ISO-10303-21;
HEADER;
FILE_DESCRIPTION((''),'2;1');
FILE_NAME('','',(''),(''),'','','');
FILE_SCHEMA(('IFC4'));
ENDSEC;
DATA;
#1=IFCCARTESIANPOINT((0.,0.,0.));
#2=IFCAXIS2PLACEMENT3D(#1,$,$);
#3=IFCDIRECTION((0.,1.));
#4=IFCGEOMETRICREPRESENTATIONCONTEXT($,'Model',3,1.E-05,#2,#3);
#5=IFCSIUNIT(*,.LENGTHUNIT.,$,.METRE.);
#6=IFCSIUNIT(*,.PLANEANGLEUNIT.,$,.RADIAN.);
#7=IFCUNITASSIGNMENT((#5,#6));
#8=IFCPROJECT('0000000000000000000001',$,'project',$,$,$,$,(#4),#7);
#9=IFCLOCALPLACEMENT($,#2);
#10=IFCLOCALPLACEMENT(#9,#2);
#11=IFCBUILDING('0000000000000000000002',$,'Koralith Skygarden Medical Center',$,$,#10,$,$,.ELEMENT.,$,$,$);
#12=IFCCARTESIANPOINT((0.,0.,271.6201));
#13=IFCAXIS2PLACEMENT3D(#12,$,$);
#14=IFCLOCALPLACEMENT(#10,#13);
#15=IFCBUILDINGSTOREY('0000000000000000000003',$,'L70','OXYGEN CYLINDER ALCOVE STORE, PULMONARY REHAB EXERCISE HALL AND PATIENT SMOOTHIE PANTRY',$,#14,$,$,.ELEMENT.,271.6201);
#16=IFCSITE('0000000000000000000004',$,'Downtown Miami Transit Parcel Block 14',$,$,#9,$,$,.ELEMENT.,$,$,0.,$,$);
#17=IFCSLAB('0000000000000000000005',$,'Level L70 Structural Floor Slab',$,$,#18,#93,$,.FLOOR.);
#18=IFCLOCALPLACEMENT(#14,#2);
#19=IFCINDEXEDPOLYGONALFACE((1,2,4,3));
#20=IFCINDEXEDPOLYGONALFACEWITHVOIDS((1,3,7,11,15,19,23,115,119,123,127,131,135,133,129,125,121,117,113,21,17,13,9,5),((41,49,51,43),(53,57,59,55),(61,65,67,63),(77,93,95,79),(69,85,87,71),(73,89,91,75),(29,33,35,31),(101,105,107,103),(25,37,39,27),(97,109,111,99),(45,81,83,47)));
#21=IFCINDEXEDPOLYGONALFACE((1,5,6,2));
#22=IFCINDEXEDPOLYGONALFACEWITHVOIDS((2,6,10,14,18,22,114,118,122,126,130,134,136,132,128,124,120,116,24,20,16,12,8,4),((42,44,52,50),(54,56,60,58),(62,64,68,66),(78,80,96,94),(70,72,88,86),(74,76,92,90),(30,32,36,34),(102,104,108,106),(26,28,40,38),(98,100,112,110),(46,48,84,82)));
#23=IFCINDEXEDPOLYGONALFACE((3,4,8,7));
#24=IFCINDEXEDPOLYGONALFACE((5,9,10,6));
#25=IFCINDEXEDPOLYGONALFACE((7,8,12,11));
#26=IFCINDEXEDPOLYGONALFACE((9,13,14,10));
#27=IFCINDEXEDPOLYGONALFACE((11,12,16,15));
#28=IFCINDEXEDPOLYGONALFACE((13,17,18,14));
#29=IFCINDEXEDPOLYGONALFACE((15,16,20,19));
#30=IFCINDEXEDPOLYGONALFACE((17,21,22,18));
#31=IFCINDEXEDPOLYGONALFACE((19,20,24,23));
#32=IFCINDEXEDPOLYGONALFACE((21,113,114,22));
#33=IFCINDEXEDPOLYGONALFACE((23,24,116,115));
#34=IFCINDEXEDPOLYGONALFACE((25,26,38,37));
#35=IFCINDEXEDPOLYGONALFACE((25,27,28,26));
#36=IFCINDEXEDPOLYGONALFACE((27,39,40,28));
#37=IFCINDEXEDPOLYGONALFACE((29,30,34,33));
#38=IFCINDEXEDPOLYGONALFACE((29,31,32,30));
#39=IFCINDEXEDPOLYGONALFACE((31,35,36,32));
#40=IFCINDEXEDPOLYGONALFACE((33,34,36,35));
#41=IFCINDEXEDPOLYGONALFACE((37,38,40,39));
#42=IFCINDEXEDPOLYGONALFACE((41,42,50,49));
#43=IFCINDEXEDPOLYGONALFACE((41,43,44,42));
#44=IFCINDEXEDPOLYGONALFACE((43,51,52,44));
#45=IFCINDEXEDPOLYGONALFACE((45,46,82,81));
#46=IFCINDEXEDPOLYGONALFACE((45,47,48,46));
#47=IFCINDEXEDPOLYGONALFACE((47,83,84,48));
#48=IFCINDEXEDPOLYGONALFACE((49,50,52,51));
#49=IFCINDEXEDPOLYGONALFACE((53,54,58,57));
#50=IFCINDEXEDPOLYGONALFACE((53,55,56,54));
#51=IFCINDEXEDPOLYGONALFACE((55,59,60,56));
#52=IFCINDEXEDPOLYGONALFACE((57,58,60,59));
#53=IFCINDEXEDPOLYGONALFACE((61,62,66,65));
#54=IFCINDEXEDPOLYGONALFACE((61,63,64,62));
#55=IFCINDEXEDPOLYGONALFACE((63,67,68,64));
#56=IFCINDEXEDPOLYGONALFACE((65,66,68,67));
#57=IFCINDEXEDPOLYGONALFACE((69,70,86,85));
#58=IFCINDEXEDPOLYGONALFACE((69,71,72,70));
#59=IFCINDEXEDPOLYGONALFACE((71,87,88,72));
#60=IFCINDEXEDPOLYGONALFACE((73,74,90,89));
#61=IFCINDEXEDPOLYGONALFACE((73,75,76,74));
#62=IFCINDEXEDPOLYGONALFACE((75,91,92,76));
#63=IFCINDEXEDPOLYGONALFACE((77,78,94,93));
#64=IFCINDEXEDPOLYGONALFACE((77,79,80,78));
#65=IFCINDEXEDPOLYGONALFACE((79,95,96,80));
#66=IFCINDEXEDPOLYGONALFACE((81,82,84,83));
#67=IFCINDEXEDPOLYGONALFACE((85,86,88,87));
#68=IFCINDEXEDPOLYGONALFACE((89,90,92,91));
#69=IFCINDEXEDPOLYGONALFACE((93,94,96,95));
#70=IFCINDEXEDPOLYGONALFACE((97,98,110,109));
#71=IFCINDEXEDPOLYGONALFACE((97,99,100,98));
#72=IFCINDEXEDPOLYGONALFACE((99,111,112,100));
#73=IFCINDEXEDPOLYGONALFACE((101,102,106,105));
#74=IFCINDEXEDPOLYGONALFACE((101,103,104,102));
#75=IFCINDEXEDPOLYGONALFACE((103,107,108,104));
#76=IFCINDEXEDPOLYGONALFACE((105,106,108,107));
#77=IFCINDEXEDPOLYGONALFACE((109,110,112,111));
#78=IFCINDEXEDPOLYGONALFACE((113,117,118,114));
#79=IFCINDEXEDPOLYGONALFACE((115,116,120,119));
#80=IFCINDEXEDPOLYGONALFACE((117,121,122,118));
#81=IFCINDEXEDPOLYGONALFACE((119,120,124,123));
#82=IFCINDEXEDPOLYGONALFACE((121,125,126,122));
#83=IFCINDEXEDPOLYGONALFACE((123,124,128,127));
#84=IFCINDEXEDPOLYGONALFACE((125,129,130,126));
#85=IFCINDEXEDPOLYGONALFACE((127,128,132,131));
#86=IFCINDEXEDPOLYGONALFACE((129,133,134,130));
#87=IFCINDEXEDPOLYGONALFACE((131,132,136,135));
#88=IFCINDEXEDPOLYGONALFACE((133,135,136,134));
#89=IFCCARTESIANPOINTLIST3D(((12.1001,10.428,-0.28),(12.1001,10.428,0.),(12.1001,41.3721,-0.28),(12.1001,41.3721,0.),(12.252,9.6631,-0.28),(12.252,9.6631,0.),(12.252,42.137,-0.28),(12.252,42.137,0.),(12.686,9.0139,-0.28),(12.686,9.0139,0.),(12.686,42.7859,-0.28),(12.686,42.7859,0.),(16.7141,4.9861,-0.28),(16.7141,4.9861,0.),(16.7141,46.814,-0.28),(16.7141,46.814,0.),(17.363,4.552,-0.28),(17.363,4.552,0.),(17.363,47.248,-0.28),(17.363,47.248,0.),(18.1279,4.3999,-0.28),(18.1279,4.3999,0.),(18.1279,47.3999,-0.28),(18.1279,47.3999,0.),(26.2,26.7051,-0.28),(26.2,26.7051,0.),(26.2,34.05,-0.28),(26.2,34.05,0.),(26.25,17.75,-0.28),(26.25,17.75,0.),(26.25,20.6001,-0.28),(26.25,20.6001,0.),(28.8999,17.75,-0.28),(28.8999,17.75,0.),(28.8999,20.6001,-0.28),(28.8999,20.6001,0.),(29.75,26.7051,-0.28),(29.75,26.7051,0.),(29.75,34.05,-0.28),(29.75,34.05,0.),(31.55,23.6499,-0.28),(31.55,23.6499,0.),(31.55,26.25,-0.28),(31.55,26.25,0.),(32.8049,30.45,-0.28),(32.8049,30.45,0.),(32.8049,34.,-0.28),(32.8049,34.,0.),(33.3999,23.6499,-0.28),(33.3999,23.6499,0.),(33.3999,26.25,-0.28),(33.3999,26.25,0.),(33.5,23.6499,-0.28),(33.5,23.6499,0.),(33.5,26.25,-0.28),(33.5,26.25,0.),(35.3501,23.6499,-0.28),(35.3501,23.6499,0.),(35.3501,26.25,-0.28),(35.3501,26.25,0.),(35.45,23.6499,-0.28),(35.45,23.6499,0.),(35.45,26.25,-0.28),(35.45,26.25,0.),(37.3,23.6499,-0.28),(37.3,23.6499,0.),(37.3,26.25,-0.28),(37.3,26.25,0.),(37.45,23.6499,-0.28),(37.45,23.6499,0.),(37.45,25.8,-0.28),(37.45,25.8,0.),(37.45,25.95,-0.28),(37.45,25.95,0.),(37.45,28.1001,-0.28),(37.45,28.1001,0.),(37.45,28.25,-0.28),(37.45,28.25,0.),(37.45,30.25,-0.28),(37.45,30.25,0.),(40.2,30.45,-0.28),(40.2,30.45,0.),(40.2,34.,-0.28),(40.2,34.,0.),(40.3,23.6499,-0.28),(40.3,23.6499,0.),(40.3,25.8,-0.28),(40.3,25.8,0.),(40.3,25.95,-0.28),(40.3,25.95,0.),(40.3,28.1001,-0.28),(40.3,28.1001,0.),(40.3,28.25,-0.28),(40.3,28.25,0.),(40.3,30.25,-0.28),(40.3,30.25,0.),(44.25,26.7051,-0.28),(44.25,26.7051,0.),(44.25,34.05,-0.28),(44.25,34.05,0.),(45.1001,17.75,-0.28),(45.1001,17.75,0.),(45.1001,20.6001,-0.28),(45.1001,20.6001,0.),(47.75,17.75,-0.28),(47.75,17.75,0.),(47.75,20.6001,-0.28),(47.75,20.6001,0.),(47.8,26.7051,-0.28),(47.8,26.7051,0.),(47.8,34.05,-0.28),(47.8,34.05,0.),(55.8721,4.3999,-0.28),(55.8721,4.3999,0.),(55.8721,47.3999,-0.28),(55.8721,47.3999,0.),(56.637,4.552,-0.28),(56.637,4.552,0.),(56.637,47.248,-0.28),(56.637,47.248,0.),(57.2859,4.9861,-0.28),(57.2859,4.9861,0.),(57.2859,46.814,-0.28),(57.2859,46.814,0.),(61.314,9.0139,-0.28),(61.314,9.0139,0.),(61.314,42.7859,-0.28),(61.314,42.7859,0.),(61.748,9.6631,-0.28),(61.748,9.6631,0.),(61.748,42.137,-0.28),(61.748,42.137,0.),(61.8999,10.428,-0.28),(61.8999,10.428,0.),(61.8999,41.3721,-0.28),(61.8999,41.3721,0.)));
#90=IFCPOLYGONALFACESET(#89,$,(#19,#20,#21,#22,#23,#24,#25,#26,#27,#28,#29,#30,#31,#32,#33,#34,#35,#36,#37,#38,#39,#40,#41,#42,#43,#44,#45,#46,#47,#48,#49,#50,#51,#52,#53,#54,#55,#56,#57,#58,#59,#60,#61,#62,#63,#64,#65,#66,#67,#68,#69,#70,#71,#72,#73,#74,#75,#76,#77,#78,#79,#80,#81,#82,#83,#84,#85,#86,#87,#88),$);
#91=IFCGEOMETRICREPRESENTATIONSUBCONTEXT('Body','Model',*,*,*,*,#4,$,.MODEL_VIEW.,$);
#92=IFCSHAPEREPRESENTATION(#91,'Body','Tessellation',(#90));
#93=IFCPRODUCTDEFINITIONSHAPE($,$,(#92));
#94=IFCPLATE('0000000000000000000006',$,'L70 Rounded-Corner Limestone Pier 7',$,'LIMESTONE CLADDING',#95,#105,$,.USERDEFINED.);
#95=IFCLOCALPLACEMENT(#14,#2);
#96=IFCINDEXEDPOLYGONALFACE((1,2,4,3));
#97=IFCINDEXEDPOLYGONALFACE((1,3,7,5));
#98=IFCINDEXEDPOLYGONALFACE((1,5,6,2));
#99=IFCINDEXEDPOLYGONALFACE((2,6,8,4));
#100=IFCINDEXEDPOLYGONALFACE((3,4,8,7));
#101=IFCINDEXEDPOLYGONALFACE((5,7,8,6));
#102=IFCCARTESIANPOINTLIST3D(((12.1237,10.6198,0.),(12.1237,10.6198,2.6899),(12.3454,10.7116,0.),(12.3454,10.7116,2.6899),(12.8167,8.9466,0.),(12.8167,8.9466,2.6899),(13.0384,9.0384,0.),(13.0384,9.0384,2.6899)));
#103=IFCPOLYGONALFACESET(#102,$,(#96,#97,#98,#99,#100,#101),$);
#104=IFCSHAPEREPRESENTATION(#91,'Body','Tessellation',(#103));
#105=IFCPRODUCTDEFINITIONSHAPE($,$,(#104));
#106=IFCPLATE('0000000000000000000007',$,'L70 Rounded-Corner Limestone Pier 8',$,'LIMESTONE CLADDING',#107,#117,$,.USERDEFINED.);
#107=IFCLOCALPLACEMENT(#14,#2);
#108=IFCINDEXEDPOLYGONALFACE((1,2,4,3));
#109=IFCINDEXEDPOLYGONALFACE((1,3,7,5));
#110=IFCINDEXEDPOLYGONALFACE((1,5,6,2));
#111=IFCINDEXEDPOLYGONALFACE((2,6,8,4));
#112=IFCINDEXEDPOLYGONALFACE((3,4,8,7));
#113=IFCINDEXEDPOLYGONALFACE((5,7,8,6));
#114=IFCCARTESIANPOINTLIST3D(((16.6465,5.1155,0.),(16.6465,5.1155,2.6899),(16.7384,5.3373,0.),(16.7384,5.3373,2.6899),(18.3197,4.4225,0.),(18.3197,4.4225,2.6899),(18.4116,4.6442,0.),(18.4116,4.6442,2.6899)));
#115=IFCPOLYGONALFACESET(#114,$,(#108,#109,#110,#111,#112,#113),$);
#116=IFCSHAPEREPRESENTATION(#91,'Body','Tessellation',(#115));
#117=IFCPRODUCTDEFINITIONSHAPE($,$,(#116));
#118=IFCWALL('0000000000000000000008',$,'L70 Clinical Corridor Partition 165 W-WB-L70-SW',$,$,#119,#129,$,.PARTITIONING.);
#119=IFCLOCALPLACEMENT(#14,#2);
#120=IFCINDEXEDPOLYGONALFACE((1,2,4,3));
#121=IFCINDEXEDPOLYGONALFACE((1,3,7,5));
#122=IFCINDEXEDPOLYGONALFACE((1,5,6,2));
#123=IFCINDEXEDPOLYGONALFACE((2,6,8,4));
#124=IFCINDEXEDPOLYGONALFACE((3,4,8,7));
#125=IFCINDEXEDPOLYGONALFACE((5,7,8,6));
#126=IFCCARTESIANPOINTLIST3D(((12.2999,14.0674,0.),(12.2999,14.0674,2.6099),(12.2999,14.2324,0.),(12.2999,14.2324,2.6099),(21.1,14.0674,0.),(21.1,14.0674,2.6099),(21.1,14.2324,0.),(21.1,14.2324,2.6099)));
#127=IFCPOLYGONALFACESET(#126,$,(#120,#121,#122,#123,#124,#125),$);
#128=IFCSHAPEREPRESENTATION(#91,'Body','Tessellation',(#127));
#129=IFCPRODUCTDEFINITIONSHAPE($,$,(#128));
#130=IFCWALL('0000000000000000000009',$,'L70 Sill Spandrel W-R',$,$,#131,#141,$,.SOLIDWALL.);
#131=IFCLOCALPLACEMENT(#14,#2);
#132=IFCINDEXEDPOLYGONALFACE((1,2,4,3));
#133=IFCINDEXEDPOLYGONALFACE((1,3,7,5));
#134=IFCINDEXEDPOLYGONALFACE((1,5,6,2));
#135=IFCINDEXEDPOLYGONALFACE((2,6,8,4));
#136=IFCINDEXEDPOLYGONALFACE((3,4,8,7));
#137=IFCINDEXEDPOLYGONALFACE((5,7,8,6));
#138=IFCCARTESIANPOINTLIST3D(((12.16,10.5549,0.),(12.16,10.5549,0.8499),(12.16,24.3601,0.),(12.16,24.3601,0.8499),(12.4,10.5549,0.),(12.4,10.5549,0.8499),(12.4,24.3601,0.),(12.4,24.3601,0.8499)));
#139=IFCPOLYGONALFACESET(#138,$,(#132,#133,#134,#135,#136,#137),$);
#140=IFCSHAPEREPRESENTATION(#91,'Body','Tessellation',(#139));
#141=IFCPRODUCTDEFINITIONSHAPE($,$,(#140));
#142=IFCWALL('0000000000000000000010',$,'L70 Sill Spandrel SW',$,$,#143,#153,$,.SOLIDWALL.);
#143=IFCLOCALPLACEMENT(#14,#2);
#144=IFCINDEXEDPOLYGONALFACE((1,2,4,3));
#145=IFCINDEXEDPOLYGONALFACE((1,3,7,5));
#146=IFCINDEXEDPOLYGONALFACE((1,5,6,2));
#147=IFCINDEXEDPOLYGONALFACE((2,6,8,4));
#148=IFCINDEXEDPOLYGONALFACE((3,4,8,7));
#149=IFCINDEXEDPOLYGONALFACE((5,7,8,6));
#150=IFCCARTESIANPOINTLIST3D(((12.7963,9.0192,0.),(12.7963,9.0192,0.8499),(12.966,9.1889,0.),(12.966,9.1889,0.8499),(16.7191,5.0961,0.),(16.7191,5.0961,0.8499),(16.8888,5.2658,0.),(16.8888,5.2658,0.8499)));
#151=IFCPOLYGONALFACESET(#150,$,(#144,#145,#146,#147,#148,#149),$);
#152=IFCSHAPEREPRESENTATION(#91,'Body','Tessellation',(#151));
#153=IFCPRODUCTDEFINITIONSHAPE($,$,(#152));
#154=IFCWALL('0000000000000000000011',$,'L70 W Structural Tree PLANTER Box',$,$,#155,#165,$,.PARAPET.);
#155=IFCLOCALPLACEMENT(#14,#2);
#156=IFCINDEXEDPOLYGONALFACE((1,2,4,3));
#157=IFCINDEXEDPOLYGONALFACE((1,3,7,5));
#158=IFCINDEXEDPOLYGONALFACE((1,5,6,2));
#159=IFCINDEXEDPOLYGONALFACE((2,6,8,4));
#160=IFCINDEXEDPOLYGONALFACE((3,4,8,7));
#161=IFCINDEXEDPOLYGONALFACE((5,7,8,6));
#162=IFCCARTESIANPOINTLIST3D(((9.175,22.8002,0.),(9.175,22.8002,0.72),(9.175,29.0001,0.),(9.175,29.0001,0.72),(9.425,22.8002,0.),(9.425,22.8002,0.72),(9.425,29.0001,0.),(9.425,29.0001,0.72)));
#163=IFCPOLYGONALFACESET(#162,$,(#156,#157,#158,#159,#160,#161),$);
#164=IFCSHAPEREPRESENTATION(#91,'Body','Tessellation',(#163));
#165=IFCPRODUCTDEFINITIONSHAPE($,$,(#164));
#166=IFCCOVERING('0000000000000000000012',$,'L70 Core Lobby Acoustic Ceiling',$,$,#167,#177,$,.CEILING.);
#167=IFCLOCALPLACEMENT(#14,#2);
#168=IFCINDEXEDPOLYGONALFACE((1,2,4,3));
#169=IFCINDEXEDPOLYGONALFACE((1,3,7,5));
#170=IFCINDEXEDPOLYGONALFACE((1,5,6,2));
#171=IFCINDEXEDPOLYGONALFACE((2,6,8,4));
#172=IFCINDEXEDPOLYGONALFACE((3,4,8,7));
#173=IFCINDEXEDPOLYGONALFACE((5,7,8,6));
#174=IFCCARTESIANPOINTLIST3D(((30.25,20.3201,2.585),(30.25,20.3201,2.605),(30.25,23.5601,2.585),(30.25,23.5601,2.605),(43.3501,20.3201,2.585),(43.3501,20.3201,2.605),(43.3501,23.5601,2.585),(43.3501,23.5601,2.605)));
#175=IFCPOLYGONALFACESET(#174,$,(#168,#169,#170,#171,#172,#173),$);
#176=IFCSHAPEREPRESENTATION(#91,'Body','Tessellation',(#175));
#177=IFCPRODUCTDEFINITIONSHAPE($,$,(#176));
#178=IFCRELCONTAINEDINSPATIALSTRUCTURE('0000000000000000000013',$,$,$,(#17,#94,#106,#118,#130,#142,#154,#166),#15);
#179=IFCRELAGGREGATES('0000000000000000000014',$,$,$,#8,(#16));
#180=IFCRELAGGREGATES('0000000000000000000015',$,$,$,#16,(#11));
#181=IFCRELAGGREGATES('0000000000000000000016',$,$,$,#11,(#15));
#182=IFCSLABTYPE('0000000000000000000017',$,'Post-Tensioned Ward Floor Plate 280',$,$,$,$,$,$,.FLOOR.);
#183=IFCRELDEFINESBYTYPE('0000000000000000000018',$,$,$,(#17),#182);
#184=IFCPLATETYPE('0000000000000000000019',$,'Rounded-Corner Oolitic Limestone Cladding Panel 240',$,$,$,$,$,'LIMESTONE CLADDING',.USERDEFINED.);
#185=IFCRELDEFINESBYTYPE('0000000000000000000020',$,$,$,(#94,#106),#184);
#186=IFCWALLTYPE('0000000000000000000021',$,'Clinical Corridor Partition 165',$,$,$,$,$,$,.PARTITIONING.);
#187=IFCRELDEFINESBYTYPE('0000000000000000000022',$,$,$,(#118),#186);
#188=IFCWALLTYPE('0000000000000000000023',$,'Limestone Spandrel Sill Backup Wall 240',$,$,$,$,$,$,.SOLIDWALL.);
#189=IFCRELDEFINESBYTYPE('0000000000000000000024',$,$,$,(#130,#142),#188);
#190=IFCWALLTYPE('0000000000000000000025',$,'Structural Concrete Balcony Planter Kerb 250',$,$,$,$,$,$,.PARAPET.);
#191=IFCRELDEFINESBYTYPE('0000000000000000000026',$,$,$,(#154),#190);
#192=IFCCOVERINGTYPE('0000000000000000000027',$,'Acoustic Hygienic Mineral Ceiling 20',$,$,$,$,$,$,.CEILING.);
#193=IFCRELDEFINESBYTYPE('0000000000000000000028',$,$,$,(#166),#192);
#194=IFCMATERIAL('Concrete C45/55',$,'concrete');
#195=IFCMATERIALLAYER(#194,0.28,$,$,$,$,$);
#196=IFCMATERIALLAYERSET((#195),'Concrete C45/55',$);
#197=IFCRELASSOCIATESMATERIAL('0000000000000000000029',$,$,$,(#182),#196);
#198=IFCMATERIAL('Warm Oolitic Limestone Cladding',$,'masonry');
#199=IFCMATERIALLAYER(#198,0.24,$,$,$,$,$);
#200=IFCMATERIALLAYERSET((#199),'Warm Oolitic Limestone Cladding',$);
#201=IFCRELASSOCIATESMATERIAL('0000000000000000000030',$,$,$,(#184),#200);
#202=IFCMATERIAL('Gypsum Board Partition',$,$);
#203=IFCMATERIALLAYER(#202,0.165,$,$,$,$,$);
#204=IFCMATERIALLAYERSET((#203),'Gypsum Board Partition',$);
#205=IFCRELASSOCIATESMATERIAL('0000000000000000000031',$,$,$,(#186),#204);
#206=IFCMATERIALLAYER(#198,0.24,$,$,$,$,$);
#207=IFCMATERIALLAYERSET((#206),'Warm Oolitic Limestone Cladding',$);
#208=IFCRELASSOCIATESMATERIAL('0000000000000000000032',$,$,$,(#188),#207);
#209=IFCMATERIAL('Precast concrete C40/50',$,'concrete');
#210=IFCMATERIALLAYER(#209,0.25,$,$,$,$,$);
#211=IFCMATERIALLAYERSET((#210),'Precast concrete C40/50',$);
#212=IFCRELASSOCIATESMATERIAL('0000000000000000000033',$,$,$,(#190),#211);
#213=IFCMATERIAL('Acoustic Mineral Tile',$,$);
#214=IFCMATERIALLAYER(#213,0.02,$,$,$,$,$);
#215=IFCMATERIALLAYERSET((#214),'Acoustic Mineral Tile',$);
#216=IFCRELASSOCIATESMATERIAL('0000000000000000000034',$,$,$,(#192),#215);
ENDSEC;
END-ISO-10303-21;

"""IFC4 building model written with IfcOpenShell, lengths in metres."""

from ifc_helpers import new_model, si_unit, direction, frame, frame_2d, origin, origin_2d, place, context, subcontext, project, spatial, polyline, rectangle, outline, extrude, material, layer, layer_set, type_object, element, save


model = new_model("IFC4")

# Units and contexts
model_context = context("Model", 3, precision=1e-05, world=origin(), true_north=direction((0.0, 1.0)))
body_context = subcontext(model_context, "Body", "Model", "MODEL_VIEW")
ifc_project = project(units=[si_unit("LENGTHUNIT", "METRE"), si_unit("PLANEANGLEUNIT", "RADIAN")], contexts=[model_context])

# Site, building, storey
site_placement = place(None, origin())
site = spatial("IfcSite", under=ifc_project, at=site_placement, Name="Downtown Miami Transit Parcel Block 14", CompositionType="ELEMENT", RefElevation=0.0)
building_placement = place(site_placement, origin())
building = spatial("IfcBuilding", under=site, at=building_placement, Name="Koralith Skygarden Medical Center", CompositionType="ELEMENT")
storey_placement = place(building_placement, frame((0.0, 0.0, 271.6201)))
storey = spatial("IfcBuildingStorey", under=building, at=storey_placement, Name="L70", Description="OXYGEN CYLINDER ALCOVE STORE, PULMONARY REHAB EXERCISE HALL AND PATIENT SMOOTHIE PANTRY", CompositionType="ELEMENT", Elevation=271.6201)

# Shared definitions
ifc_material_1 = material(Name="Concrete C45/55", Category="concrete")

# Slab
ifc_layer_1 = layer(ifc_material_1, 0.28)
ifc_layer_set_1 = layer_set([ifc_layer_1], Name="Concrete C45/55")
slab_type_1 = type_object("IfcSlabType", Name="Post-Tensioned Ward Floor Plate 280", PredefinedType="FLOOR", material=ifc_layer_set_1)
slab_1_placement = place(storey_placement, frame((0.0, 0.0, -0.28)))
element("IfcSlab", 1, at=slab_1_placement, inside=storey, type_object=slab_type_1, Name="Level L70 Structural Floor Slab", PredefinedType="FLOOR", context=body_context, shape_type="SweptSolid", body=[
    extrude(outline(polyline([(16.7141, 4.9861), (17.363, 4.552), (18.1279, 4.3999), (55.8721, 4.3999), (56.637, 4.552), (57.2859, 4.9861), (61.314, 9.0139), (61.748, 9.6631), (61.8999, 10.428), (61.8999, 41.3721), (61.748, 42.137), (61.314, 42.7859), (57.2859, 46.814), (56.637, 47.248), (55.8721, 47.3999), (18.1279, 47.3999), (17.363, 47.248), (16.7141, 46.814), (12.686, 42.7859), (12.252, 42.137), (12.1001, 41.3721), (12.1001, 10.428), (12.252, 9.6631), (12.686, 9.0139), (16.7141, 4.9861)]), holes=[polyline([(26.2, 26.7051), (29.75, 26.7051), (29.75, 34.05), (26.2, 34.05), (26.2, 26.7051)]), polyline([(44.25, 26.7051), (47.8, 26.7051), (47.8, 34.05), (44.25, 34.05), (44.25, 26.7051)]), polyline([(32.8049, 30.45), (40.2, 30.45), (40.2, 34.0), (32.8049, 34.0), (32.8049, 30.45)]), polyline([(26.25, 17.75), (28.8999, 17.75), (28.8999, 20.6001), (26.25, 20.6001), (26.25, 17.75)]), polyline([(45.1001, 17.75), (47.75, 17.75), (47.75, 20.6001), (45.1001, 20.6001), (45.1001, 17.75)]), polyline([(31.55, 23.6499), (33.3999, 23.6499), (33.3999, 26.25), (31.55, 26.25), (31.55, 23.6499)]), polyline([(33.5, 23.6499), (35.3501, 23.6499), (35.3501, 26.25), (33.5, 26.25), (33.5, 23.6499)]), polyline([(35.45, 23.6499), (37.3, 23.6499), (37.3, 26.25), (35.45, 26.25), (35.45, 23.6499)]), polyline([(37.45, 23.6499), (40.3, 23.6499), (40.3, 25.8), (37.45, 25.8), (37.45, 23.6499)]), polyline([(37.45, 25.95), (40.3, 25.95), (40.3, 28.1001), (37.45, 28.1001), (37.45, 25.95)]), polyline([(37.45, 28.25), (40.3, 28.25), (40.3, 30.25), (37.45, 30.25), (37.45, 28.25)])]), origin(), (0.0, 0.0, 1.0), 0.28),
])

# Plates
ifc_material_2 = material(Name="Warm Oolitic Limestone Cladding", Category="masonry")
ifc_layer_2 = layer(ifc_material_2, 0.24)
ifc_layer_set_2 = layer_set([ifc_layer_2], Name="Warm Oolitic Limestone Cladding")
plate_type_1 = type_object("IfcPlateType", Name="Rounded-Corner Oolitic Limestone Cladding Panel 240", ElementType="LIMESTONE CLADDING", PredefinedType="USERDEFINED", material=ifc_layer_set_2)
for number, where, z_axis, x_axis, name in (
    (2, (12.5811, 9.8291, 0.0), (0.0, 0.0, 1.0), (0.382671, -0.923885, 0.0), "L70 Rounded-Corner Limestone Pier 7"),
    (3, (17.5291, 4.8799, 0.0), (0.0, 0.0, 1.0), (0.923885, -0.382671, 0.0), "L70 Rounded-Corner Limestone Pier 8"),
):
    element("IfcPlate", number, at=place(storey_placement, frame(where, z_axis=z_axis, x_axis=x_axis)), inside=storey, type_object=plate_type_1, Name=name, ObjectType="LIMESTONE CLADDING", PredefinedType="USERDEFINED", context=body_context, shape_type="SweptSolid", body=[
        extrude(rectangle(XDim=1.811, YDim=0.24, at=origin_2d()), origin(), (0.0, 0.0, 1.0), 2.6899),
    ])

# Walls
ifc_material_3 = material(Name="Gypsum Board Partition")
ifc_layer_3 = layer(ifc_material_3, 0.165)
ifc_layer_set_3 = layer_set([ifc_layer_3], Name="Gypsum Board Partition")
wall_type_1 = type_object("IfcWallType", Name="Clinical Corridor Partition 165", PredefinedType="PARTITIONING", material=ifc_layer_set_3)
wall_1_placement = place(storey_placement, frame((12.3, 14.1499, 0.0), z_axis=(0.0, 0.0, 1.0), x_axis=(1.0, 0.0, 0.0)))
element("IfcWall", 4, at=wall_1_placement, inside=storey, type_object=wall_type_1, Name="L70 Clinical Corridor Partition 165 W-WB-L70-SW", PredefinedType="PARTITIONING", context=body_context, shape_type="SweptSolid", body=[
    extrude(rectangle(XDim=8.8, YDim=0.165, at=frame_2d((4.3999, 0.0))), origin(), (0.0, 0.0, 1.0), 2.6099),
])
ifc_layer_4 = layer(ifc_material_2, 0.24)
ifc_layer_set_4 = layer_set([ifc_layer_4], Name="Warm Oolitic Limestone Cladding")
wall_type_2 = type_object("IfcWallType", Name="Limestone Spandrel Sill Backup Wall 240", PredefinedType="SOLIDWALL", material=ifc_layer_set_4)
wall_2_placement = place(storey_placement, frame((12.28, 24.3601, 0.0), z_axis=(0.0, 0.0, 1.0), x_axis=(0.0, -1.0, 0.0)))
element("IfcWall", 5, at=wall_2_placement, inside=storey, type_object=wall_type_2, Name="L70 Sill Spandrel W-R", PredefinedType="SOLIDWALL", context=body_context, shape_type="SweptSolid", body=[
    extrude(rectangle(XDim=13.8052, YDim=0.24, at=frame_2d((6.9026, 0.0))), origin(), (0.0, 0.0, 1.0), 0.8499),
])
wall_3_placement = place(storey_placement, frame((12.8811, 9.104, 0.0), z_axis=(0.0, 0.0, 1.0), x_axis=(0.707085, -0.707129, 0.0)))
element("IfcWall", 6, at=wall_3_placement, inside=storey, type_object=wall_type_2, Name="L70 Sill Spandrel SW", PredefinedType="SOLIDWALL", context=body_context, shape_type="SweptSolid", body=[
    extrude(rectangle(XDim=5.5479, YDim=0.24, at=frame_2d((2.7739, 0.0))), origin(), (0.0, 0.0, 1.0), 0.8499),
])
ifc_material_4 = material(Name="Precast concrete C40/50", Category="concrete")
ifc_layer_5 = layer(ifc_material_4, 0.25)
ifc_layer_set_5 = layer_set([ifc_layer_5], Name="Precast concrete C40/50")
wall_type_3 = type_object("IfcWallType", Name="Structural Concrete Balcony Planter Kerb 250", PredefinedType="PARAPET", material=ifc_layer_set_5)
wall_4_placement = place(storey_placement, frame((9.3, 22.8, 0.0), z_axis=(0.0, 0.0, 1.0), x_axis=(0.0, 1.0, 0.0)))
element("IfcWall", 7, at=wall_4_placement, inside=storey, type_object=wall_type_3, Name="L70 W Structural Tree PLANTER Box", PredefinedType="PARAPET", context=body_context, shape_type="SweptSolid", body=[
    extrude(rectangle(XDim=6.2, YDim=0.25, at=frame_2d((3.1001, 0.0))), origin(), (0.0, 0.0, 1.0), 0.72),
])

# Covering
ifc_material_5 = material(Name="Acoustic Mineral Tile")
ifc_layer_6 = layer(ifc_material_5, 0.02)
ifc_layer_set_6 = layer_set([ifc_layer_6], Name="Acoustic Mineral Tile")
covering_type_1 = type_object("IfcCoveringType", Name="Acoustic Hygienic Mineral Ceiling 20", PredefinedType="CEILING", material=ifc_layer_set_6)
covering_1_placement = place(storey_placement, frame((0.0, 0.0, 2.585)))
element("IfcCovering", 8, at=covering_1_placement, inside=storey, type_object=covering_type_1, Name="L70 Core Lobby Acoustic Ceiling", PredefinedType="CEILING", context=body_context, shape_type="SweptSolid", body=[
    extrude(outline(polyline([(30.25, 20.3201), (43.3501, 20.3201), (43.3501, 23.5601), (30.25, 23.5601), (30.25, 20.3201)])), origin(), (0.0, 0.0, 1.0), 0.02),
])

save(model, "model.ifc")
